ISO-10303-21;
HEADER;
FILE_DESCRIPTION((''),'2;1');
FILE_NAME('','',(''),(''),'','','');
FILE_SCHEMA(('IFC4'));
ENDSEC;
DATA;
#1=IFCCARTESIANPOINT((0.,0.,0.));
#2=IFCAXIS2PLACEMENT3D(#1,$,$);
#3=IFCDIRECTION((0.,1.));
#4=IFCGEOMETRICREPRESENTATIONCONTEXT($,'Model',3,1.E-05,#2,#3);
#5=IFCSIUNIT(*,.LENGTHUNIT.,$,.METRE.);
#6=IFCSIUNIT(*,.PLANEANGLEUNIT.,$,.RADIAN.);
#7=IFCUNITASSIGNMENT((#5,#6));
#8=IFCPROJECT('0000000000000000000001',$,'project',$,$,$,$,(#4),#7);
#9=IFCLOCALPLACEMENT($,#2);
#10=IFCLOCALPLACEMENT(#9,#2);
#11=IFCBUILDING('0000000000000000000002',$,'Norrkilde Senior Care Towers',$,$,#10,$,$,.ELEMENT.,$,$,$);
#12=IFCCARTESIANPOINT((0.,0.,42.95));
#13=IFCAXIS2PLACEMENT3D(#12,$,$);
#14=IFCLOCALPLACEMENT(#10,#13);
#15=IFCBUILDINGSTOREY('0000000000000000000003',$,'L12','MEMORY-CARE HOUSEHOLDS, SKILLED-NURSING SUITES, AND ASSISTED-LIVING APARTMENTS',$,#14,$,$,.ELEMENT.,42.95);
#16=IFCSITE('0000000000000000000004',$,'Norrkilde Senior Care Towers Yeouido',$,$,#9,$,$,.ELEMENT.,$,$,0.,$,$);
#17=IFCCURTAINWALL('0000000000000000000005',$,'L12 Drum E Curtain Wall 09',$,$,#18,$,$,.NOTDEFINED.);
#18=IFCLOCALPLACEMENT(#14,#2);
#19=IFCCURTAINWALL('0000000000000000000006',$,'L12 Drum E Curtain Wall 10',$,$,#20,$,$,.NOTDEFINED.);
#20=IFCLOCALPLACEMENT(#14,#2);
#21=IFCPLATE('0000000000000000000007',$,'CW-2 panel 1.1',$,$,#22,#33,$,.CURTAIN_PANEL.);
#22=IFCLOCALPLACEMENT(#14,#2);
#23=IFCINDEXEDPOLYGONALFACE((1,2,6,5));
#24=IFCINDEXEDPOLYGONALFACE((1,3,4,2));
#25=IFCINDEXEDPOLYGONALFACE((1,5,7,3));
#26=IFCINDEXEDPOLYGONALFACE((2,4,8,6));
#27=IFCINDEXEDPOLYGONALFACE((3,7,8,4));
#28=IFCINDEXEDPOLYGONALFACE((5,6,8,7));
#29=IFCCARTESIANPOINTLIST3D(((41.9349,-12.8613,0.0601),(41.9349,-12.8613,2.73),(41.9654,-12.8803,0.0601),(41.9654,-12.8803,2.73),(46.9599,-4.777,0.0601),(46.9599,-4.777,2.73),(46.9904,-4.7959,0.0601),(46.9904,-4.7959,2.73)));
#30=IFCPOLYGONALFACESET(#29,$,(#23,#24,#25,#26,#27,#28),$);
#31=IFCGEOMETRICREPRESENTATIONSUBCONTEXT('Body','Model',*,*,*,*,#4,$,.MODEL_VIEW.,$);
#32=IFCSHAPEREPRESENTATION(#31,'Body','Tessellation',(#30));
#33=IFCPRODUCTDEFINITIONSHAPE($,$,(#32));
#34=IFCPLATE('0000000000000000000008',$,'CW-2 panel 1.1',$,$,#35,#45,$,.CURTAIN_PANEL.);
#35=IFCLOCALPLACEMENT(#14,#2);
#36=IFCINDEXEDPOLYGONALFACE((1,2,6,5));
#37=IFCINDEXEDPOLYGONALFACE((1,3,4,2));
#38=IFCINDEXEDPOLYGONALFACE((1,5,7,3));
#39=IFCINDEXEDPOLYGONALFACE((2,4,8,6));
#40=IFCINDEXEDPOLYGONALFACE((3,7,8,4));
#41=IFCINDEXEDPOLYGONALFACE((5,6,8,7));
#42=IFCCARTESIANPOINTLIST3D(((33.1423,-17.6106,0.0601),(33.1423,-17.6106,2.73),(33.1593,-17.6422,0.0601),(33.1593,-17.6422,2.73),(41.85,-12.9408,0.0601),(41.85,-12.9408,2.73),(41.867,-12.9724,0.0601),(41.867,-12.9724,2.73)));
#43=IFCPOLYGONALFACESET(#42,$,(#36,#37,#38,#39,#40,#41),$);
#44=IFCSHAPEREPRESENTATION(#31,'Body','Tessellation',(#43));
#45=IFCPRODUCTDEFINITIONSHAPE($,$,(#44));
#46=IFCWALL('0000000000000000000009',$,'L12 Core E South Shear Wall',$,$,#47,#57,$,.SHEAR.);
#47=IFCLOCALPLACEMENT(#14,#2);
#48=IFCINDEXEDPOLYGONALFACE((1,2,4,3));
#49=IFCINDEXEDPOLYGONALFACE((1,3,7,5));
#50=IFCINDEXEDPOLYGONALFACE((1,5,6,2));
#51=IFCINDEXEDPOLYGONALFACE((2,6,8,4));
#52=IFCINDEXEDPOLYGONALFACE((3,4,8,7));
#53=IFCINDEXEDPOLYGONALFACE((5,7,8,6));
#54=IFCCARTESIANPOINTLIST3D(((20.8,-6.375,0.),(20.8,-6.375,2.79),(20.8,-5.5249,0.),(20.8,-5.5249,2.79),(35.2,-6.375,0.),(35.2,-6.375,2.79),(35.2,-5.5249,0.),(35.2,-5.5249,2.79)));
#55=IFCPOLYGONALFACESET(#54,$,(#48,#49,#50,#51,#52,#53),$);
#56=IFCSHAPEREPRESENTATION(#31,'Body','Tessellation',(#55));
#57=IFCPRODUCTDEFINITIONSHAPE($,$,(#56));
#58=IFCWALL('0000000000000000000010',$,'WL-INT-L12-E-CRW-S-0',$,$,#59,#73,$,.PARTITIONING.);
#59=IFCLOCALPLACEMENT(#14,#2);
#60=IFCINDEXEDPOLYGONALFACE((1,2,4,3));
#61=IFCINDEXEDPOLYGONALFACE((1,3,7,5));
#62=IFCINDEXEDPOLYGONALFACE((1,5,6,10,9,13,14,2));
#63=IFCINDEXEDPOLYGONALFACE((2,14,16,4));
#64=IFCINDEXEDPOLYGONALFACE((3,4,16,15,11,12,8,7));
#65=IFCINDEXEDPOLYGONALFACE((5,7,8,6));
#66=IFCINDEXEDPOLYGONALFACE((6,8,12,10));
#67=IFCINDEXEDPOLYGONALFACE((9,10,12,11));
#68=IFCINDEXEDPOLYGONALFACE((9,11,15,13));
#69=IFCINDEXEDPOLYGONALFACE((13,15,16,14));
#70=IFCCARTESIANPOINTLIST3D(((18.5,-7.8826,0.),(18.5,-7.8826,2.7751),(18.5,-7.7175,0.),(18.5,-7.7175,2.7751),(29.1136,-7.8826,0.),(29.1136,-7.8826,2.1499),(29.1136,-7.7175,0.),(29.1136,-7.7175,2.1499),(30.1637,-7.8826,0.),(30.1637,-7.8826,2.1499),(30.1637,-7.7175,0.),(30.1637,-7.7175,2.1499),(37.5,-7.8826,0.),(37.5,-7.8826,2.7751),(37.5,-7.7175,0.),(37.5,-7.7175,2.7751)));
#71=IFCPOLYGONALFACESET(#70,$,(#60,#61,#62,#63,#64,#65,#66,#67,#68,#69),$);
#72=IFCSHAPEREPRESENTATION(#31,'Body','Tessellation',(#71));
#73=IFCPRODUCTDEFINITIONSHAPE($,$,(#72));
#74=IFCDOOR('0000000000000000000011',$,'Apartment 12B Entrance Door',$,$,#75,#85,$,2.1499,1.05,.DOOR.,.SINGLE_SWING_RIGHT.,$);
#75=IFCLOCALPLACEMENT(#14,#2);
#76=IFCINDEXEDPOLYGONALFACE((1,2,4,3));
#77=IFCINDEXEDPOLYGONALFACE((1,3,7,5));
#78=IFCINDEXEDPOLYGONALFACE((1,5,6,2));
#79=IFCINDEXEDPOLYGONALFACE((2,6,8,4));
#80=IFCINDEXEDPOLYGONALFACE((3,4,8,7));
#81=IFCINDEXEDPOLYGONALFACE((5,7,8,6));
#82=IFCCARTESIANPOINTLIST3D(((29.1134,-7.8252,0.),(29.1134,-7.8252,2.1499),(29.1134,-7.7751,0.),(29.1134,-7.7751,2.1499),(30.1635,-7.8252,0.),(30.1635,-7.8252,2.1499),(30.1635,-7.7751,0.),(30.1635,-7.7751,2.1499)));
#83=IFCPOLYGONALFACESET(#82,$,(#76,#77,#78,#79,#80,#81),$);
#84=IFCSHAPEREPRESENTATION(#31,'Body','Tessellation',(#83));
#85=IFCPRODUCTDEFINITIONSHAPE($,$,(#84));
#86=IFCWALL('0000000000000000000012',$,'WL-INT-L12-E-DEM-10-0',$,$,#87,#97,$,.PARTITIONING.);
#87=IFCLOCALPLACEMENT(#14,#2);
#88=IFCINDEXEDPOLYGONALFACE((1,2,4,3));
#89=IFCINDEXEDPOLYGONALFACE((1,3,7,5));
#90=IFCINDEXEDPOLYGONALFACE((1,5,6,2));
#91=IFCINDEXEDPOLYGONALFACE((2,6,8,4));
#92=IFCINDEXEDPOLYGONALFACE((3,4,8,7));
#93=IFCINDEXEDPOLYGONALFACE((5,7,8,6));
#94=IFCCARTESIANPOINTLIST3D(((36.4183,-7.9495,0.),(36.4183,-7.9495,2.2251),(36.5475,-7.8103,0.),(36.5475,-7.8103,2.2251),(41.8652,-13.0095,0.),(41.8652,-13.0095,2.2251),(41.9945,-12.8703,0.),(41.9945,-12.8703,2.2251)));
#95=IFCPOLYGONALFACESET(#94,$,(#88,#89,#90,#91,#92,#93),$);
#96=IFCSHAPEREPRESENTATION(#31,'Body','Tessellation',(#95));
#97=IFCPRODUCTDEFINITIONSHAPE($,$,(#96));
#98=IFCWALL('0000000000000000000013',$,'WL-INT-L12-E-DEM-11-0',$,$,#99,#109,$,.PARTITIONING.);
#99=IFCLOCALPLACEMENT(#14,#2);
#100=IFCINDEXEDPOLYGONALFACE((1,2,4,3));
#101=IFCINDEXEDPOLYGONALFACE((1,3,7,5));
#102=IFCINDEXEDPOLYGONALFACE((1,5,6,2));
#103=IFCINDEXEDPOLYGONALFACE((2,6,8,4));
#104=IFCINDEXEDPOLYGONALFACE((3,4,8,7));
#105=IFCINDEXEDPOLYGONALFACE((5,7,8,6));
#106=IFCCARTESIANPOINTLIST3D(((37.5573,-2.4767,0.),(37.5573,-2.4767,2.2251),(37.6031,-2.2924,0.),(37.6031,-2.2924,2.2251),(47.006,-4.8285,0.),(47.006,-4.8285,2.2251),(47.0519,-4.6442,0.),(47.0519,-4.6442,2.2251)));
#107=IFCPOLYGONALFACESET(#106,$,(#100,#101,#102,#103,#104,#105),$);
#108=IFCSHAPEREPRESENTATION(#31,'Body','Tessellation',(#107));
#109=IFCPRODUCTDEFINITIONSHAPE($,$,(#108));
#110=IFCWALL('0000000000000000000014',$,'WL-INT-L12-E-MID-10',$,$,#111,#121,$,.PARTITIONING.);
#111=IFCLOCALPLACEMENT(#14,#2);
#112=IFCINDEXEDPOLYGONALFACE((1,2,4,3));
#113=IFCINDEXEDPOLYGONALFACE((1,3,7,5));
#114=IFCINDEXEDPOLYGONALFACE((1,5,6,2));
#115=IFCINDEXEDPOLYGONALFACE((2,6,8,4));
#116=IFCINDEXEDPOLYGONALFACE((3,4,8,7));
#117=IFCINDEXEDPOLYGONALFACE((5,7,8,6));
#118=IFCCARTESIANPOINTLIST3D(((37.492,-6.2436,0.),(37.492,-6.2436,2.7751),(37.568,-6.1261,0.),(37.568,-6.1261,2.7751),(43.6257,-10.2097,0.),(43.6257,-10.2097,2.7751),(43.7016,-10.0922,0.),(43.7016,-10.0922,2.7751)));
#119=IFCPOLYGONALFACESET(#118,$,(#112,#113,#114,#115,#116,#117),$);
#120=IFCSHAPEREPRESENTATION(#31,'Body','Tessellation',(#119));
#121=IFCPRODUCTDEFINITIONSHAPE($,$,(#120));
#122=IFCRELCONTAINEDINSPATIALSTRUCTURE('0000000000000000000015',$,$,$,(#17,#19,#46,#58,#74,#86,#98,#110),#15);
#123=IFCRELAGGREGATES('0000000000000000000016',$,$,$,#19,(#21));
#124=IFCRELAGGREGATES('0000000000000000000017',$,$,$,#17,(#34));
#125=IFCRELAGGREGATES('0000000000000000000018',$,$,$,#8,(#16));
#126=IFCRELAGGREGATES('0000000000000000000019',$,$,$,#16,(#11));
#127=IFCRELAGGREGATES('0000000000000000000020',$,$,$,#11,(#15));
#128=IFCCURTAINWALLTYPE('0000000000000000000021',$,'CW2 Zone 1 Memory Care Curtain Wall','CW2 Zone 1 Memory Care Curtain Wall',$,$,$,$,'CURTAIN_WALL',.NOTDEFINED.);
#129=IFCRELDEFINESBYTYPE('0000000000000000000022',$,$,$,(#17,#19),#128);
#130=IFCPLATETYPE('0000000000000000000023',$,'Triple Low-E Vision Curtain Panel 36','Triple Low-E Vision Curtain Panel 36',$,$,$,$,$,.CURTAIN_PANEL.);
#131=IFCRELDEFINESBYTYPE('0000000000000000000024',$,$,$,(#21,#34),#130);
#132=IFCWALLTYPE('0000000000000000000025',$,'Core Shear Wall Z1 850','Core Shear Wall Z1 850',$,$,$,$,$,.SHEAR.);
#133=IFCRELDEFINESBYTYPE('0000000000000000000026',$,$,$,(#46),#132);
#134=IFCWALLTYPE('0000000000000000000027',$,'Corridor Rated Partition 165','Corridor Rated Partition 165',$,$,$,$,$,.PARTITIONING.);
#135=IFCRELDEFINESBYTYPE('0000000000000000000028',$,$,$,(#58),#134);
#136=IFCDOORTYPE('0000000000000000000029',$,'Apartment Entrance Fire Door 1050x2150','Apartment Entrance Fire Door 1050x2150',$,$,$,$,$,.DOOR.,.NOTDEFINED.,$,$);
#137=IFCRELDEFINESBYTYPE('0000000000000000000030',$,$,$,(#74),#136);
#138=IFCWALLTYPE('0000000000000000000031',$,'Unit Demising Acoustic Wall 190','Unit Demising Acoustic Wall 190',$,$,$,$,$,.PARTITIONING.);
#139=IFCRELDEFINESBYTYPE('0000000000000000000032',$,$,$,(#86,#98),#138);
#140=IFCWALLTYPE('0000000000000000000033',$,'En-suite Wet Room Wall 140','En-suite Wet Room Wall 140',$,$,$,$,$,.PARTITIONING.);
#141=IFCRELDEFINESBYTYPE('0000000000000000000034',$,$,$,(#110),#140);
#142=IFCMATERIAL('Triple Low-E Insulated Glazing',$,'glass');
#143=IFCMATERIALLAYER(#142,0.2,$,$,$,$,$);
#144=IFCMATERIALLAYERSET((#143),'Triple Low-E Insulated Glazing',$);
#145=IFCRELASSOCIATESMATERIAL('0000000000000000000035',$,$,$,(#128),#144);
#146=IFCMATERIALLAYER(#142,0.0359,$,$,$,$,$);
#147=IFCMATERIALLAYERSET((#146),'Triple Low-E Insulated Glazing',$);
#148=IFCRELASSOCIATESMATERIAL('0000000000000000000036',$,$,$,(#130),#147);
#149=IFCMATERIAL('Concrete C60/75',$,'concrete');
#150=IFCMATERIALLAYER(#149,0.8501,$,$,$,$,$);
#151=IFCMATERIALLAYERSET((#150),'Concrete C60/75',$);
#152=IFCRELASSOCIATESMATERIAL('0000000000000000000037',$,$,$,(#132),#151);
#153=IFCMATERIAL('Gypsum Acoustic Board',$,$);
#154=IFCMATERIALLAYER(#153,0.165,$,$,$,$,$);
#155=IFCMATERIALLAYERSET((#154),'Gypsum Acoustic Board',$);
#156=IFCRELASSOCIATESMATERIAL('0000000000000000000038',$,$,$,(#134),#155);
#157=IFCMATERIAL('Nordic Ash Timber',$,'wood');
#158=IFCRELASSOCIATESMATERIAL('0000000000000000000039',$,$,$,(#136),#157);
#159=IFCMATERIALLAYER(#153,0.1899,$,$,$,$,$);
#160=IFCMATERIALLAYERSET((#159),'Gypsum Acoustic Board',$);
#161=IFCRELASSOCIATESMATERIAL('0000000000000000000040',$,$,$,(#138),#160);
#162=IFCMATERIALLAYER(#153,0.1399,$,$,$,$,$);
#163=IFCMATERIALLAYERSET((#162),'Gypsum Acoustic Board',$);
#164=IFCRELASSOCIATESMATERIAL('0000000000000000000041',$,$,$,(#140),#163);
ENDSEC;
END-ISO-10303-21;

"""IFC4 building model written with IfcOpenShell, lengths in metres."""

from ifc_helpers import new_model, si_unit, direction, frame, frame_2d, origin, origin_2d, place, context, subcontext, project, spatial, rectangle, extrude, source, transform, mapped, material, layer, layer_set, type_object, type_shapes, element, fill, aggregate, save


model = new_model("IFC4")

# Units and contexts
model_context = context("Model", 3, precision=1e-05, world=origin(), true_north=direction((0.0, 1.0)))
body_context = subcontext(model_context, "Body", "Model", "MODEL_VIEW")
ifc_project = project(units=[si_unit("LENGTHUNIT", "METRE"), si_unit("PLANEANGLEUNIT", "RADIAN")], contexts=[model_context])

# Site, building, storey
site_placement = place(None, origin())
site = spatial("IfcSite", under=ifc_project, at=site_placement, Name="Norrkilde Senior Care Towers Yeouido", CompositionType="ELEMENT", RefElevation=0.0)
building_placement = place(site_placement, origin())
building = spatial("IfcBuilding", under=site, at=building_placement, Name="Norrkilde Senior Care Towers", CompositionType="ELEMENT")
storey_placement = place(building_placement, frame((0.0, 0.0, 42.95)))
storey = spatial("IfcBuildingStorey", under=building, at=storey_placement, Name="L12", Description="MEMORY-CARE HOUSEHOLDS, SKILLED-NURSING SUITES, AND ASSISTED-LIVING APARTMENTS", CompositionType="ELEMENT", Elevation=42.95)

# Shared definitions
ifc_material_1 = material(Name="Concrete C60/75", Category="concrete")

# Curtain walls
ifc_material_2 = material(Name="Triple Low-E Insulated Glazing", Category="glass")
ifc_layer_1 = layer(ifc_material_2, 0.2)
ifc_layer_set_1 = layer_set([ifc_layer_1], Name="Triple Low-E Insulated Glazing")
curtain_wall_type = type_object("IfcCurtainWallType", Name="CW2 Zone 1 Memory Care Curtain Wall", Description="CW2 Zone 1 Memory Care Curtain Wall", ElementType="CURTAIN_WALL", PredefinedType="NOTDEFINED", material=ifc_layer_set_1)
curtain_wall_1_placement = place(storey_placement, origin())
curtain_wall_1 = element("IfcCurtainWall", 1, at=curtain_wall_1_placement, inside=storey, type_object=curtain_wall_type, Name="L12 Drum E Curtain Wall 09", PredefinedType="NOTDEFINED")
curtain_wall_2_placement = place(storey_placement, origin())
curtain_wall_2 = element("IfcCurtainWall", 2, at=curtain_wall_2_placement, inside=storey, type_object=curtain_wall_type, Name="L12 Drum E Curtain Wall 10", PredefinedType="NOTDEFINED")

# Plates
ifc_layer_2 = layer(ifc_material_2, 0.0359)
ifc_layer_set_2 = layer_set([ifc_layer_2], Name="Triple Low-E Insulated Glazing")
plate_type = type_object("IfcPlateType", Name="Triple Low-E Vision Curtain Panel 36", Description="Triple Low-E Vision Curtain Panel 36", PredefinedType="CURTAIN_PANEL", material=ifc_layer_set_2)
shared_shape_1 = source(origin(), body_context, "Body", "SweptSolid", [
    extrude(rectangle(XDim=9.5188, YDim=0.0359, at=origin_2d()), origin(), (0.0, 0.0, 1.0), 2.6699),
])
plate_1_placement = place(storey_placement, frame((44.4626, -8.8286, 0.0601), z_axis=(0.0, 0.0, 1.0), x_axis=(-0.527901, -0.849306, 0.0)))
plate_1 = element("IfcPlate", 3, at=plate_1_placement, type_object=plate_type, Name="CW-2 panel 1.1", PredefinedType="CURTAIN_PANEL", context=body_context, shape_type="MappedRepresentation", body=[
    mapped(shared_shape_1, transform((0.0, 0.0, 0.0), x_axis=(1.0, 0.0, 0.0), y_axis=(0.0, 1.0, 0.0), z_axis=(0.0, 0.0, 1.0), scale=1.0)),
])
aggregate(curtain_wall_2, [plate_1])
shared_shape_2 = source(origin(), body_context, "Body", "SweptSolid", [
    extrude(rectangle(XDim=9.8809, YDim=0.0359, at=origin_2d()), origin(), (0.0, 0.0, 1.0), 2.6699),
])
type_shapes(plate_type, [shared_shape_1, shared_shape_2])
plate_2_placement = place(storey_placement, frame((37.5046, -15.2915, 0.0601), z_axis=(0.0, 0.0, 1.0), x_axis=(-0.881273, -0.472608, 0.0)))
plate_2 = element("IfcPlate", 4, at=plate_2_placement, type_object=plate_type, Name="CW-2 panel 1.1", PredefinedType="CURTAIN_PANEL", context=body_context, shape_type="MappedRepresentation", body=[
    mapped(shared_shape_2, transform((0.0, 0.0, 0.0), x_axis=(1.0, 0.0, 0.0), y_axis=(0.0, 1.0, 0.0), z_axis=(0.0, 0.0, 1.0), scale=1.0)),
])
aggregate(curtain_wall_1, [plate_2])

# Wall
ifc_layer_3 = layer(ifc_material_1, 0.8501)
ifc_layer_set_3 = layer_set([ifc_layer_3], Name="Concrete C60/75")
wall_type_1 = type_object("IfcWallType", Name="Core Shear Wall Z1 850", Description="Core Shear Wall Z1 850", PredefinedType="SHEAR", material=ifc_layer_set_3)
shared_shape_3 = source(origin(), body_context, "Body", "SweptSolid", [
    extrude(rectangle(XDim=14.3999, YDim=0.8501, at=frame_2d((7.2, 0.0))), origin(), (0.0, 0.0, 1.0), 2.79),
])
type_shapes(wall_type_1, [shared_shape_3])
wall_1_placement = place(storey_placement, frame((35.2, -5.95, 0.0), z_axis=(0.0, 0.0, 1.0), x_axis=(-1.0, 0.0, 0.0)))
element("IfcWall", 5, at=wall_1_placement, inside=storey, type_object=wall_type_1, Name="L12 Core E South Shear Wall", PredefinedType="SHEAR", context=body_context, shape_type="MappedRepresentation", body=[
    mapped(shared_shape_3, transform((0.0, 0.0, 0.0), x_axis=(1.0, 0.0, 0.0), y_axis=(0.0, 1.0, 0.0), z_axis=(0.0, 0.0, 1.0), scale=1.0)),
])

# Wall, opening, door
ifc_material_3 = material(Name="Gypsum Acoustic Board")
ifc_layer_4 = layer(ifc_material_3, 0.165)
ifc_layer_set_4 = layer_set([ifc_layer_4], Name="Gypsum Acoustic Board")
wall_type_2 = type_object("IfcWallType", Name="Corridor Rated Partition 165", Description="Corridor Rated Partition 165", PredefinedType="PARTITIONING", material=ifc_layer_set_4)
shared_shape_4 = source(origin(), body_context, "Body", "SweptSolid", [
    extrude(rectangle(XDim=19.0, YDim=0.165, at=frame_2d((9.5, 0.0))), origin(), (0.0, 0.0, 1.0), 2.7751),
])
type_shapes(wall_type_2, [shared_shape_4])
wall_2_placement = place(storey_placement, frame((37.5, -7.8, 0.0), z_axis=(0.0, 0.0, 1.0), x_axis=(-1.0, 0.0, 0.0)))
wall_2 = element("IfcWall", 6, at=wall_2_placement, inside=storey, type_object=wall_type_2, Name="WL-INT-L12-E-CRW-S-0", PredefinedType="PARTITIONING", context=body_context, shape_type="MappedRepresentation", body=[
    mapped(shared_shape_4, transform((0.0, 0.0, 0.0), x_axis=(1.0, 0.0, 0.0), y_axis=(0.0, 1.0, 0.0), z_axis=(0.0, 0.0, 1.0), scale=1.0)),
])
opening_placement = place(wall_2_placement, frame((7.3364, 0.0, 0.0)))
opening = element("IfcOpeningElement", 7, at=opening_placement, cuts=wall_2, PredefinedType="OPENING", context=body_context, shape_type="SweptSolid", body=[
    extrude(rectangle(XDim=1.05, YDim=2.1499, at=frame_2d((0.5249, 1.075))), frame((0.0, 0.0925, 0.0), z_axis=(0.0, -1.0, 0.0), x_axis=(1.0, 0.0, 0.0)), (0.0, 0.0, 1.0), 0.1851),
])
ifc_material_4 = material(Name="Nordic Ash Timber", Category="wood")
door_type = type_object("IfcDoorType", Name="Apartment Entrance Fire Door 1050x2150", Description="Apartment Entrance Fire Door 1050x2150", OperationType="NOTDEFINED", PredefinedType="DOOR", material=ifc_material_4)
shared_shape_5 = source(origin(), body_context, "Body", "SweptSolid", [
    extrude(rectangle(XDim=1.05, YDim=2.1499, at=frame_2d((0.5249, 1.075))), frame((0.0, 0.0249, 0.0), z_axis=(0.0, -1.0, 0.0), x_axis=(1.0, 0.0, 0.0)), (0.0, 0.0, 1.0), 0.05),
])
type_shapes(door_type, [shared_shape_5])
door_placement = place(opening_placement, frame((1.05, 0.0, 0.0), z_axis=(0.0, 0.0, 1.0), x_axis=(-1.0, 0.0, 0.0)))
door = element("IfcDoor", 8, at=door_placement, inside=storey, type_object=door_type, Name="Apartment 12B Entrance Door", OperationType="SINGLE_SWING_RIGHT", OverallHeight=2.1499, OverallWidth=1.05, PredefinedType="DOOR", context=body_context, shape_type="MappedRepresentation", body=[
    mapped(shared_shape_5, transform((0.0, 0.0, 0.0), x_axis=(1.0, 0.0, 0.0), y_axis=(0.0, 1.0, 0.0), z_axis=(0.0, 0.0, 1.0), scale=1.0)),
])
fill(opening, door)

# Walls
ifc_layer_5 = layer(ifc_material_3, 0.1899)
ifc_layer_set_5 = layer_set([ifc_layer_5], Name="Gypsum Acoustic Board")
wall_type_3 = type_object("IfcWallType", Name="Unit Demising Acoustic Wall 190", Description="Unit Demising Acoustic Wall 190", PredefinedType="PARTITIONING", material=ifc_layer_set_5)
shared_shape_6 = source(origin(), body_context, "Body", "SweptSolid", [
    extrude(rectangle(XDim=7.4346, YDim=0.1899, at=frame_2d((3.7173, 0.0))), origin(), (0.0, 0.0, 1.0), 2.2251),
])
wall_3_placement = place(storey_placement, frame((36.4829, -7.8799, 0.0), z_axis=(0.0, 0.0, 1.0), x_axis=(0.732652, -0.680603, 0.0)))
element("IfcWall", 9, at=wall_3_placement, inside=storey, type_object=wall_type_3, Name="WL-INT-L12-E-DEM-10-0", PredefinedType="PARTITIONING", context=body_context, shape_type="MappedRepresentation", body=[
    mapped(shared_shape_6, transform((0.0, 0.0, 0.0), x_axis=(1.0, 0.0, 0.0), y_axis=(0.0, 1.0, 0.0), z_axis=(0.0, 0.0, 1.0), scale=1.0)),
])
shared_shape_7 = source(origin(), body_context, "Body", "SweptSolid", [
    extrude(rectangle(XDim=9.7371, YDim=0.1899, at=frame_2d((4.8687, 0.0))), origin(), (0.0, 0.0, 1.0), 2.2251),
])
type_shapes(wall_type_3, [shared_shape_6, shared_shape_7])
wall_4_placement = place(storey_placement, frame((37.5801, -2.3845, 0.0), z_axis=(0.0, 0.0, 1.0), x_axis=(0.970393, -0.241533, 0.0)))
element("IfcWall", 10, at=wall_4_placement, inside=storey, type_object=wall_type_3, Name="WL-INT-L12-E-DEM-11-0", PredefinedType="PARTITIONING", context=body_context, shape_type="MappedRepresentation", body=[
    mapped(shared_shape_7, transform((0.0, 0.0, 0.0), x_axis=(1.0, 0.0, 0.0), y_axis=(0.0, 1.0, 0.0), z_axis=(0.0, 0.0, 1.0), scale=1.0)),
])
ifc_layer_6 = layer(ifc_material_3, 0.1399)
ifc_layer_set_6 = layer_set([ifc_layer_6], Name="Gypsum Acoustic Board")
wall_type_4 = type_object("IfcWallType", Name="En-suite Wet Room Wall 140", Description="En-suite Wet Room Wall 140", PredefinedType="PARTITIONING", material=ifc_layer_set_6)
shared_shape_8 = source(origin(), body_context, "Body", "SweptSolid", [
    extrude(rectangle(XDim=7.3042, YDim=0.1399, at=frame_2d((3.6521, 0.0))), origin(), (0.0, 0.0, 1.0), 2.7751),
])
type_shapes(wall_type_4, [shared_shape_8])
wall_5_placement = place(storey_placement, frame((37.53, -6.1848, 0.0), z_axis=(0.0, 0.0, 1.0), x_axis=(0.839739, -0.542991, 0.0)))
element("IfcWall", 11, at=wall_5_placement, inside=storey, type_object=wall_type_4, Name="WL-INT-L12-E-MID-10", PredefinedType="PARTITIONING", context=body_context, shape_type="MappedRepresentation", body=[
    mapped(shared_shape_8, transform((0.0, 0.0, 0.0), x_axis=(1.0, 0.0, 0.0), y_axis=(0.0, 1.0, 0.0), z_axis=(0.0, 0.0, 1.0), scale=1.0)),
])

save(model, "model.ifc")
